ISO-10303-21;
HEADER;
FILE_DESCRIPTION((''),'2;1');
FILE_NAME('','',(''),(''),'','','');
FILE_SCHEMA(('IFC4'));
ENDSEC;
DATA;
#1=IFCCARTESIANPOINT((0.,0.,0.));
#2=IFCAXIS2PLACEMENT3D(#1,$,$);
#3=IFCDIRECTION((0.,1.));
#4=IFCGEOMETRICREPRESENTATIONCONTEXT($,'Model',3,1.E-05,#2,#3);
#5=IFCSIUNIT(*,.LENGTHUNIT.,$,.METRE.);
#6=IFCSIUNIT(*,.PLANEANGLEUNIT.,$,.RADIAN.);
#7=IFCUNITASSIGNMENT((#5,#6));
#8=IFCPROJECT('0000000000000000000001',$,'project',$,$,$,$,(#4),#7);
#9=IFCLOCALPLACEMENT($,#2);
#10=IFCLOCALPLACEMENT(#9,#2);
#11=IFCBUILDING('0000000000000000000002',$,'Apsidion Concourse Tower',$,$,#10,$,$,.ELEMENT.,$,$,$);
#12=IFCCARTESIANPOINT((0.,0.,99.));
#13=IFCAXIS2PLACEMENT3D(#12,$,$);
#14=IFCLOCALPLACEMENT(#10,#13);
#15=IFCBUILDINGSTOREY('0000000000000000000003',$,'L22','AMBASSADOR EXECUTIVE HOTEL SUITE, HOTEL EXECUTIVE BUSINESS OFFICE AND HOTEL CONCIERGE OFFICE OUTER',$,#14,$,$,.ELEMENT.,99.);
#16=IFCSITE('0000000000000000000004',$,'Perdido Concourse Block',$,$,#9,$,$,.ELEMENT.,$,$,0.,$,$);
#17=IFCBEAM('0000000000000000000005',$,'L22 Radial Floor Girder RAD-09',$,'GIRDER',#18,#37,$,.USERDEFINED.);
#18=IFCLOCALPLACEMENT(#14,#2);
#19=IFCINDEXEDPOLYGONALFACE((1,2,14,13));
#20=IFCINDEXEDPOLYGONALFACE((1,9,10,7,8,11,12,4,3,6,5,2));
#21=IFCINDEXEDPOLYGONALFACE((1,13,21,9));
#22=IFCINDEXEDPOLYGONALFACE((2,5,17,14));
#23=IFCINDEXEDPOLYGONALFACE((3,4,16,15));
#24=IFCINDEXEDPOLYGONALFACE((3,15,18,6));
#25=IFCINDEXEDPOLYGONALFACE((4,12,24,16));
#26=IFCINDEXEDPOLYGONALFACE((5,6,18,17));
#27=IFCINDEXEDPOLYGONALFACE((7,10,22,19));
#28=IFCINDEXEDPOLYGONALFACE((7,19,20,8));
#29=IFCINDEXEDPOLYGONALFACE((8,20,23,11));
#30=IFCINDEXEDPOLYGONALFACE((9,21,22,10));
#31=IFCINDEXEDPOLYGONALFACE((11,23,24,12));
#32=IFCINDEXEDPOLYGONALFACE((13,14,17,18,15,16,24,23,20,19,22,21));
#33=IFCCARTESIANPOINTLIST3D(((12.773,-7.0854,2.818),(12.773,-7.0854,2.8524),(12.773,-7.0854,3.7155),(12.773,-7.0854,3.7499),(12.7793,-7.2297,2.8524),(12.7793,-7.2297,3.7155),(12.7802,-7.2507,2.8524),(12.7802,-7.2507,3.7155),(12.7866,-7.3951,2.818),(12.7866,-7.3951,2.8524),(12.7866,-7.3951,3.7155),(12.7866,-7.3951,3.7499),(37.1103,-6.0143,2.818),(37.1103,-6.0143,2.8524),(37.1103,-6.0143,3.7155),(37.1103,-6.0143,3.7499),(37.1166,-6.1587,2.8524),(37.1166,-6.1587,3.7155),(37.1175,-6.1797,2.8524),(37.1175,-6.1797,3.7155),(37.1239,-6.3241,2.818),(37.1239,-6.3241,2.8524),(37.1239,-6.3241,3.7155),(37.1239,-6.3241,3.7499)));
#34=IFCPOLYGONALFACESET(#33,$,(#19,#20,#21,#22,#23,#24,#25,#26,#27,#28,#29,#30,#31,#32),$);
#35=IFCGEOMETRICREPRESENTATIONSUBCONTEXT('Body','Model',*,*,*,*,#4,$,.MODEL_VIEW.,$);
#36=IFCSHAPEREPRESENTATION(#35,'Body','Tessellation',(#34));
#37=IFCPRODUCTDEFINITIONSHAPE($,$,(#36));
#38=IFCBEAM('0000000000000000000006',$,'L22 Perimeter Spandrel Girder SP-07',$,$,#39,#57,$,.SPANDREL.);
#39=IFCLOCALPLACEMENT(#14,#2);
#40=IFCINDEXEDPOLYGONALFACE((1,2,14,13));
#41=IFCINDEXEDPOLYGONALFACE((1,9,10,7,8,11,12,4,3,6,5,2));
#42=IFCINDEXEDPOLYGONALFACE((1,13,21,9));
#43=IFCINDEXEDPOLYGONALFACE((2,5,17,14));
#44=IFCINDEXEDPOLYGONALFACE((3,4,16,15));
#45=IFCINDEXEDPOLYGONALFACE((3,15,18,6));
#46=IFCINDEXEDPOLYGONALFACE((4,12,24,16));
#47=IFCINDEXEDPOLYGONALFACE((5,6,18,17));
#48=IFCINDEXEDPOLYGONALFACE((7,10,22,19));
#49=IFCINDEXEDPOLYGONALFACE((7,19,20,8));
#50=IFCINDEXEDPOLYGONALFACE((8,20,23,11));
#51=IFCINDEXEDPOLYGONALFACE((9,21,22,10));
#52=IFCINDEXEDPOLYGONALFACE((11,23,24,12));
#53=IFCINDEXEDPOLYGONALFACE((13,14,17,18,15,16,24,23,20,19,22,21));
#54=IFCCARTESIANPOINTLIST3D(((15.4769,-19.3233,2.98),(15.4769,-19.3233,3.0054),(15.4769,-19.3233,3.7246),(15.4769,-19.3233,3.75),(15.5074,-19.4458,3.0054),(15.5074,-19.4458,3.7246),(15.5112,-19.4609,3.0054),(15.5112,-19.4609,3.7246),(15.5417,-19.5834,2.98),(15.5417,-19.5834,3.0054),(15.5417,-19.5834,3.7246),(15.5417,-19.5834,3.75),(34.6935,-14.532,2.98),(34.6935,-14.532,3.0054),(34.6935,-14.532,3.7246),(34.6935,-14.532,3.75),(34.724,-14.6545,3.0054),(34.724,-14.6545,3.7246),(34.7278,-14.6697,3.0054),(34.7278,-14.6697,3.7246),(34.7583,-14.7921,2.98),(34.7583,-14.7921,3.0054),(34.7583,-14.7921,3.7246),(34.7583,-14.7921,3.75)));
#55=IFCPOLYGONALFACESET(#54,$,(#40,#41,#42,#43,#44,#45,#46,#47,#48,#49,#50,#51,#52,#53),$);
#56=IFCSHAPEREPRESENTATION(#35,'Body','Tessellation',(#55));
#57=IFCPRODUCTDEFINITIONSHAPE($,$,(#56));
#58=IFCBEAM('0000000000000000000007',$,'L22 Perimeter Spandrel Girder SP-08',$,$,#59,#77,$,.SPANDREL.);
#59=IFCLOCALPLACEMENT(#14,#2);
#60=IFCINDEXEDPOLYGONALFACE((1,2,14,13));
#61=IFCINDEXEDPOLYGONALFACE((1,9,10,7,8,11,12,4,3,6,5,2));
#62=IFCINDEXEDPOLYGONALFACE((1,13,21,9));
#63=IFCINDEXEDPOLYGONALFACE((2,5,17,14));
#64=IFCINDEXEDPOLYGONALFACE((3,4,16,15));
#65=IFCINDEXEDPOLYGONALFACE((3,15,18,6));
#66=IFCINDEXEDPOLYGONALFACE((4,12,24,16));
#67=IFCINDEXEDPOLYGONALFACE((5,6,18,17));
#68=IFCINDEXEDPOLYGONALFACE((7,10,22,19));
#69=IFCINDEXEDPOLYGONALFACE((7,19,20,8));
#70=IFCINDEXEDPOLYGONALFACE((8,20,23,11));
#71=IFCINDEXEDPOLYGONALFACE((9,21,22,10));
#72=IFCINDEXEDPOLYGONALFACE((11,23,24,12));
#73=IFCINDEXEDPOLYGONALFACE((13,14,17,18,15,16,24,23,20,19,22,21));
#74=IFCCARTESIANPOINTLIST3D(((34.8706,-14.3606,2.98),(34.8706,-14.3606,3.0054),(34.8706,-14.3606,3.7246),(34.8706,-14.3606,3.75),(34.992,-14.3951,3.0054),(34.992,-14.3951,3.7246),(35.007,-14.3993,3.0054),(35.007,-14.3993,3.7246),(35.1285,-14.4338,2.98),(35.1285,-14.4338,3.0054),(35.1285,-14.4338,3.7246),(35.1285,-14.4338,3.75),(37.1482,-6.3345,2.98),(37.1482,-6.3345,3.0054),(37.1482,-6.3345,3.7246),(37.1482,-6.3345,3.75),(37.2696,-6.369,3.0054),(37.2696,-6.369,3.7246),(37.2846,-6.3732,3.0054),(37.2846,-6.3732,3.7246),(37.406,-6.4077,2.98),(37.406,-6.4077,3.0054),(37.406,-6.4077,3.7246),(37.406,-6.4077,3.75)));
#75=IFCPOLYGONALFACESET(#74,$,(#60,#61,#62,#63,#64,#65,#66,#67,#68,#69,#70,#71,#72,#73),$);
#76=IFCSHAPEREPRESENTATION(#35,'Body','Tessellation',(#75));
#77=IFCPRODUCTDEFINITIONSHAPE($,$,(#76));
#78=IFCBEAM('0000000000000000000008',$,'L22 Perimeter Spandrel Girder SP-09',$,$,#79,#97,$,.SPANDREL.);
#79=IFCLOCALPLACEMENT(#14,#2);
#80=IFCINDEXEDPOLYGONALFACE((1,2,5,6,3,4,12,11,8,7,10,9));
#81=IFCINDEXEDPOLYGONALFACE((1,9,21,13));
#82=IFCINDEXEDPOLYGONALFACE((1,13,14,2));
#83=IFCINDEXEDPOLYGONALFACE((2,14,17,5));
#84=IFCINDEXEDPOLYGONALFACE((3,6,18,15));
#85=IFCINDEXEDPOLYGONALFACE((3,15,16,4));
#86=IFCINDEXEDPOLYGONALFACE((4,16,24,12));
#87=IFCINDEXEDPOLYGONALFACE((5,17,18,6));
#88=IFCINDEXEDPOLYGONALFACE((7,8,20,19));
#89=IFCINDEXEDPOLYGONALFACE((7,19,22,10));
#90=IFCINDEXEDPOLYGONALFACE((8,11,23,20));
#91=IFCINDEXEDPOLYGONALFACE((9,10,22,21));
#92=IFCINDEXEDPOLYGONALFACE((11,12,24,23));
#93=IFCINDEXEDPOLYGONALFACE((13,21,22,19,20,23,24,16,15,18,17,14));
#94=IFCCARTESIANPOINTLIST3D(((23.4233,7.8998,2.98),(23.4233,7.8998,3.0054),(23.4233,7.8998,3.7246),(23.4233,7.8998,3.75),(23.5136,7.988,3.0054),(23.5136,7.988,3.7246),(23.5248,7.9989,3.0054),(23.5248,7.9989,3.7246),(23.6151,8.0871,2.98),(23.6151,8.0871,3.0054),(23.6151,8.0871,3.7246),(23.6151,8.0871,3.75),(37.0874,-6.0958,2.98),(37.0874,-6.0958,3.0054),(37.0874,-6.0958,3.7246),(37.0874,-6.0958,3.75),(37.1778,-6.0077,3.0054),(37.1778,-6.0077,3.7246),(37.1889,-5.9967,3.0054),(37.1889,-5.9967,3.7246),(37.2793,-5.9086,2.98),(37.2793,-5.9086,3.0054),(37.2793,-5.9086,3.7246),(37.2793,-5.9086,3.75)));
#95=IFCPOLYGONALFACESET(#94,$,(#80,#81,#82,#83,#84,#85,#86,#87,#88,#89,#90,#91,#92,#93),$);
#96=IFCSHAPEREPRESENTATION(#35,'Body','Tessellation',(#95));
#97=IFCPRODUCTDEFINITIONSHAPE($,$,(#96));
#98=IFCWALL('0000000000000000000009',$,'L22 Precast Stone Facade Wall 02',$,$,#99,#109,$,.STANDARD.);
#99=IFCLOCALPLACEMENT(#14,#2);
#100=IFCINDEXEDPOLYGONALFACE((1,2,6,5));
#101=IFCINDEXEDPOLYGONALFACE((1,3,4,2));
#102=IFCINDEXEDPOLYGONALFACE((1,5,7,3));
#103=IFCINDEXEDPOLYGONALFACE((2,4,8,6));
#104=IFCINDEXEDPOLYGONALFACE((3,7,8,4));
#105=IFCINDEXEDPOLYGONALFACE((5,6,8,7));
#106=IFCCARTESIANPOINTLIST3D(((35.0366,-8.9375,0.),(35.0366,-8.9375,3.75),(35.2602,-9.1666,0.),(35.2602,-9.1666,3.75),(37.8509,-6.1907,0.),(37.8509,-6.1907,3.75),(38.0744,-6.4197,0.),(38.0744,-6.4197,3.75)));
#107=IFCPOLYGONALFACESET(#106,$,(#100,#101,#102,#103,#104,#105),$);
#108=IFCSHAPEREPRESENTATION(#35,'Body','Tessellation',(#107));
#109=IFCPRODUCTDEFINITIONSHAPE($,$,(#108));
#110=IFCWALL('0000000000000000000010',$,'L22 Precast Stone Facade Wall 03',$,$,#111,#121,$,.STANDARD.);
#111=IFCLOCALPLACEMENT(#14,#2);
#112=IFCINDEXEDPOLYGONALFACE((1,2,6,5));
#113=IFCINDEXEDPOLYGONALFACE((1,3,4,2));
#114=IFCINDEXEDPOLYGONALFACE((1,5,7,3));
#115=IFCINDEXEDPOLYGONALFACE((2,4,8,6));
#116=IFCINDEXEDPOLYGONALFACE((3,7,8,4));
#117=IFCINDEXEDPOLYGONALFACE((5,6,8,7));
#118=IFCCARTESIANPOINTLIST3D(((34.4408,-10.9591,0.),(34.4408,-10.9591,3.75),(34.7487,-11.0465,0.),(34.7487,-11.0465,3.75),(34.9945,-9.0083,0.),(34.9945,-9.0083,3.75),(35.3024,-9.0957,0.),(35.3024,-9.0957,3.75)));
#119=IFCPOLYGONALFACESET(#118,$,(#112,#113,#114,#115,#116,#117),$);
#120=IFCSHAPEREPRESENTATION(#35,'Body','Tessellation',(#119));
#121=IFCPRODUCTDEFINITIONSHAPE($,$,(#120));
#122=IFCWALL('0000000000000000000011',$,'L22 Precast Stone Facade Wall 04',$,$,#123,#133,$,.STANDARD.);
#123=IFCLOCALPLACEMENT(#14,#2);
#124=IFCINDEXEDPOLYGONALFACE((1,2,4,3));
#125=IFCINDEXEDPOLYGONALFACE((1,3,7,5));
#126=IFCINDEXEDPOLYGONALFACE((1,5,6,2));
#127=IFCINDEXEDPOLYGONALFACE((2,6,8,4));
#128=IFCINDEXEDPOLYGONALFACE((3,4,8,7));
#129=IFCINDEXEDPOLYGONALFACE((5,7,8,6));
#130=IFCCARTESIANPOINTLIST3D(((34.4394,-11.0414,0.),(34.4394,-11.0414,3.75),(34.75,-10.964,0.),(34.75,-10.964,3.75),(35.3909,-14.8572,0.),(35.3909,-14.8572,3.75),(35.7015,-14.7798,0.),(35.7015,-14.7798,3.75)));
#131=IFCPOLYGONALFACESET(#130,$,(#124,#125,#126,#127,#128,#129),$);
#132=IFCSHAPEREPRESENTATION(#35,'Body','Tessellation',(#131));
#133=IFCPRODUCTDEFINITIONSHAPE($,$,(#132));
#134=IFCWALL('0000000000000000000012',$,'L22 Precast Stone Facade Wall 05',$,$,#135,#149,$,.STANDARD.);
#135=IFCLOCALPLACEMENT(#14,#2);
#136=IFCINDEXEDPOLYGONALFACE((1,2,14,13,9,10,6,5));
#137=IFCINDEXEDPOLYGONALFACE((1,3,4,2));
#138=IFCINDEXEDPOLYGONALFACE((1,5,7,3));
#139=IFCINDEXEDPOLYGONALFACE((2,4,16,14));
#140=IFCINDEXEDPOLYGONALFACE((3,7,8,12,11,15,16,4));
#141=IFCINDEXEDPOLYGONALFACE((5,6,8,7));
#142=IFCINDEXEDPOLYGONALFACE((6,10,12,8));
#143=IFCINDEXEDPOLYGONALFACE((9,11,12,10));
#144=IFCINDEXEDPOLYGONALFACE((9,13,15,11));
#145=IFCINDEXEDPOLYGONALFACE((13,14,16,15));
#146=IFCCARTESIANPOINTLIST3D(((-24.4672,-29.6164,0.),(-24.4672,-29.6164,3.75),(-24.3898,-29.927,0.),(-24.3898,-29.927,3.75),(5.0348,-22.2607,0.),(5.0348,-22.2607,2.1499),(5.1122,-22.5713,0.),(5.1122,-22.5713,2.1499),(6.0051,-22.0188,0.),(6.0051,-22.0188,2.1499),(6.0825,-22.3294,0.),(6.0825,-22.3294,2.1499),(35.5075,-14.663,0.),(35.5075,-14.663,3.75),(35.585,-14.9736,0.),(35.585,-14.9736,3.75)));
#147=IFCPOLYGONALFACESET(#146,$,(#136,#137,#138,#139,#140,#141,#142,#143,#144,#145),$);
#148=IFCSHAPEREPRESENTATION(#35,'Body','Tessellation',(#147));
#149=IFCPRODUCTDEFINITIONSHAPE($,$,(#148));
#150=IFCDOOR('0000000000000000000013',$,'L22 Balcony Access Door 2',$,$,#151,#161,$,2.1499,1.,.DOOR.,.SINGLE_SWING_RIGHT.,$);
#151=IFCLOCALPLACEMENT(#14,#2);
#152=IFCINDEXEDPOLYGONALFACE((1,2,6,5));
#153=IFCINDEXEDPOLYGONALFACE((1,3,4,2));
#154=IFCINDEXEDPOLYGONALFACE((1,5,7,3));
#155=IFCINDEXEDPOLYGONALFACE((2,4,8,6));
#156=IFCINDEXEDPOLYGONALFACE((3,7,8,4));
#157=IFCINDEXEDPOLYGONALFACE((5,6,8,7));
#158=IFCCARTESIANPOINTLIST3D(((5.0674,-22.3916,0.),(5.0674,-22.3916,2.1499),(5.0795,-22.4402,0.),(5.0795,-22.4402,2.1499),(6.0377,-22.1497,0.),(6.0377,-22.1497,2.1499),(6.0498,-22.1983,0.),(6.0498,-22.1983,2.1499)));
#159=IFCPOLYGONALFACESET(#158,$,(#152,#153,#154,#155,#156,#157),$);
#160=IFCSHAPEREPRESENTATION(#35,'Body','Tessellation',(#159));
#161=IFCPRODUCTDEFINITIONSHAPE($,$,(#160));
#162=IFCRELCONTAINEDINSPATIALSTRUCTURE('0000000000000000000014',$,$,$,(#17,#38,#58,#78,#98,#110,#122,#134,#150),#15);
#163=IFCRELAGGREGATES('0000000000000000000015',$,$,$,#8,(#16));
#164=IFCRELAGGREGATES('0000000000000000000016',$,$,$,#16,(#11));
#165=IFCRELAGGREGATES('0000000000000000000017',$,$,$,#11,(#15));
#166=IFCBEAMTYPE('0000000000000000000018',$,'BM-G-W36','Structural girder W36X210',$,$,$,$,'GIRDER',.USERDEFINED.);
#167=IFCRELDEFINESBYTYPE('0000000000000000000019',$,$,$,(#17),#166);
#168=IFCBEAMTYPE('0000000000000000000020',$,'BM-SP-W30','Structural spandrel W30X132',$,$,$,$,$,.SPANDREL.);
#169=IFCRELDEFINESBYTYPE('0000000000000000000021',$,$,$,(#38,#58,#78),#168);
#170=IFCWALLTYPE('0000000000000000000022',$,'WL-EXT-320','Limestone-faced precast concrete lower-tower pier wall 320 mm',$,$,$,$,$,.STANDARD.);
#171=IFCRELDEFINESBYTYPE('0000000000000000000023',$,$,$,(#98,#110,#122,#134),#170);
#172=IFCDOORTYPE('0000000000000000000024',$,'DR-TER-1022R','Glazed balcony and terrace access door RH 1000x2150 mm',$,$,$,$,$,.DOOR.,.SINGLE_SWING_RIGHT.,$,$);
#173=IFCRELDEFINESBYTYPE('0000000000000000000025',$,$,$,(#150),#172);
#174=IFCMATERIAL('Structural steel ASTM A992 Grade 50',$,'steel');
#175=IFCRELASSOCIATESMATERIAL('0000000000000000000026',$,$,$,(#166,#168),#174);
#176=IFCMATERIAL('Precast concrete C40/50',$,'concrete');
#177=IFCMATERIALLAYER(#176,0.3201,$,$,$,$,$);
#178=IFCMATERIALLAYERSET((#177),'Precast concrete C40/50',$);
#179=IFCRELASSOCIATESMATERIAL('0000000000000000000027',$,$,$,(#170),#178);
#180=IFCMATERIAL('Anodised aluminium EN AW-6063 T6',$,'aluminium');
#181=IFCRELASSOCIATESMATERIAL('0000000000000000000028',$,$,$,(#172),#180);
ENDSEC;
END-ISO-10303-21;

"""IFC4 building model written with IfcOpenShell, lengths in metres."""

from ifc_helpers import new_model, si_unit, direction, frame, frame_2d, origin, origin_2d, place, context, subcontext, project, spatial, rectangle, i_section, extrude, material, layer, layer_set, material_profile, profile_set, type_object, element, fill, save


model = new_model("IFC4")

# Units and contexts
model_context = context("Model", 3, precision=1e-05, world=origin(), true_north=direction((0.0, 1.0)))
body_context = subcontext(model_context, "Body", "Model", "MODEL_VIEW")
ifc_project = project(units=[si_unit("LENGTHUNIT", "METRE"), si_unit("PLANEANGLEUNIT", "RADIAN")], contexts=[model_context])

# Site, building, storey
site_placement = place(None, origin())
site = spatial("IfcSite", under=ifc_project, at=site_placement, Name="Perdido Concourse Block", CompositionType="ELEMENT", RefElevation=0.0)
building_placement = place(site_placement, origin())
building = spatial("IfcBuilding", under=site, at=building_placement, Name="Apsidion Concourse Tower", CompositionType="ELEMENT")
storey_placement = place(building_placement, frame((0.0, 0.0, 99.0)))
storey = spatial("IfcBuildingStorey", under=building, at=storey_placement, Name="L22", Description="AMBASSADOR EXECUTIVE HOTEL SUITE, HOTEL EXECUTIVE BUSINESS OFFICE AND HOTEL CONCIERGE OFFICE OUTER", CompositionType="ELEMENT", Elevation=99.0)

# Beams
ifc_material_1 = material(Name="Structural steel ASTM A992 Grade 50", Category="steel")
ifc_material_profile_1 = material_profile(ifc_material_1, i_section(OverallWidth=0.3101, OverallDepth=0.9319, WebThickness=0.021, FlangeThickness=0.0344, at=origin_2d()), Name="W36X210")
ifc_profile_set_1 = profile_set([ifc_material_profile_1], Name="Structural steel ASTM A992 Grade 50")
beam_type_1 = type_object("IfcBeamType", Name="BM-G-W36", Description="Structural girder W36X210", ElementType="GIRDER", PredefinedType="USERDEFINED", material=ifc_profile_set_1)
beam_1_placement = place(storey_placement, frame((12.7798, -7.2402, 3.2839), z_axis=(0.999033, 0.043966, 0.0), x_axis=(-0.043966, 0.999033, 0.0)))
element("IfcBeam", 1, at=beam_1_placement, inside=storey, type_object=beam_type_1, Name="L22 Radial Floor Girder RAD-09", ObjectType="GIRDER", PredefinedType="USERDEFINED", context=body_context, shape_type="SweptSolid", body=[
    extrude(i_section(OverallWidth=0.3101, OverallDepth=0.9319, WebThickness=0.021, FlangeThickness=0.0344, at=origin_2d()), origin(), (0.0, 0.0, 1.0), 24.3608),
])
ifc_material_profile_2 = material_profile(ifc_material_1, i_section(OverallWidth=0.2681, OverallDepth=0.77, WebThickness=0.0156, FlangeThickness=0.0254, at=origin_2d()), Name="W30X132")
ifc_profile_set_2 = profile_set([ifc_material_profile_2], Name="Structural steel ASTM A992 Grade 50")
beam_type_2 = type_object("IfcBeamType", Name="BM-SP-W30", Description="Structural spandrel W30X132", PredefinedType="SPANDREL", material=ifc_profile_set_2)
beam_2_placement = place(storey_placement, frame((15.5093, -19.4534, 3.365), z_axis=(0.970295, 0.241924, 0.0), x_axis=(-0.241924, 0.970295, 0.0)))
element("IfcBeam", 2, at=beam_2_placement, inside=storey, type_object=beam_type_2, Name="L22 Perimeter Spandrel Girder SP-07", PredefinedType="SPANDREL", context=body_context, shape_type="SweptSolid", body=[
    extrude(i_section(OverallWidth=0.2681, OverallDepth=0.77, WebThickness=0.0156, FlangeThickness=0.0254, at=origin_2d()), origin(), (0.0, 0.0, 1.0), 19.8049),
])
beam_3_placement = place(storey_placement, frame((34.9995, -14.3972, 3.365), z_axis=(0.272993, 0.962016, 0.0), x_axis=(-0.962016, 0.272993, 0.0)))
element("IfcBeam", 3, at=beam_3_placement, inside=storey, type_object=beam_type_2, Name="L22 Perimeter Spandrel Girder SP-08", PredefinedType="SPANDREL", context=body_context, shape_type="SweptSolid", body=[
    extrude(i_section(OverallWidth=0.2681, OverallDepth=0.77, WebThickness=0.0156, FlangeThickness=0.0254, at=origin_2d()), origin(), (0.0, 0.0, 1.0), 8.343),
])
beam_4_placement = place(storey_placement, frame((37.1833, -6.0022, 3.365), z_axis=(-0.698581, 0.715531, 0.0), x_axis=(-0.715531, -0.698581, 0.0)))
element("IfcBeam", 4, at=beam_4_placement, inside=storey, type_object=beam_type_2, Name="L22 Perimeter Spandrel Girder SP-09", PredefinedType="SPANDREL", context=body_context, shape_type="SweptSolid", body=[
    extrude(i_section(OverallWidth=0.2681, OverallDepth=0.77, WebThickness=0.0156, FlangeThickness=0.0254, at=origin_2d()), origin(), (0.0, 0.0, 1.0), 19.5598),
])

# Walls
ifc_material_2 = material(Name="Precast concrete C40/50", Category="concrete")
ifc_layer_1 = layer(ifc_material_2, 0.3201)
ifc_layer_set_1 = layer_set([ifc_layer_1], Name="Precast concrete C40/50")
wall_type_1 = type_object("IfcWallType", Name="WL-EXT-320", Description="Limestone-faced precast concrete lower-tower pier wall 320 mm", PredefinedType="STANDARD", material=ifc_layer_set_1)
wall_1_placement = place(storey_placement, frame((37.9626, -6.3052, 0.0), z_axis=(0.0, 0.0, 1.0), x_axis=(-0.715622, -0.698488, 0.0)))
element("IfcWall", 5, at=wall_1_placement, inside=storey, type_object=wall_type_1, Name="L22 Precast Stone Facade Wall 02", PredefinedType="STANDARD", context=body_context, shape_type="SweptSolid", body=[
    extrude(rectangle(XDim=3.9326, YDim=0.3201, at=frame_2d((1.9663, 0.0))), origin(), (0.0, 0.0, 1.0), 3.75),
])
wall_2_placement = place(storey_placement, frame((35.1484, -9.052, 0.0), z_axis=(0.0, 0.0, 1.0), x_axis=(-0.273067, -0.961995, 0.0)))
element("IfcWall", 6, at=wall_2_placement, inside=storey, type_object=wall_type_1, Name="L22 Precast Stone Facade Wall 03", PredefinedType="STANDARD", context=body_context, shape_type="SweptSolid", body=[
    extrude(rectangle(XDim=2.0278, YDim=0.3201, at=frame_2d((1.0139, 0.0))), origin(), (0.0, 0.0, 1.0), 3.75),
])
wall_3_placement = place(storey_placement, frame((34.5947, -11.0027, 0.0), z_axis=(0.0, 0.0, 1.0), x_axis=(0.241937, -0.970292, 0.0)))
element("IfcWall", 7, at=wall_3_placement, inside=storey, type_object=wall_type_1, Name="L22 Precast Stone Facade Wall 04", PredefinedType="STANDARD", context=body_context, shape_type="SweptSolid", body=[
    extrude(rectangle(XDim=3.9326, YDim=0.3201, at=frame_2d((1.9663, 0.0))), origin(), (0.0, 0.0, 1.0), 3.75),
])

# Wall, opening, door
wall_4_placement = place(storey_placement, frame((35.5461, -14.8184, 0.0), z_axis=(0.0, 0.0, 1.0), x_axis=(-0.970296, -0.241921, 0.0)))
wall_4 = element("IfcWall", 8, at=wall_4_placement, inside=storey, type_object=wall_type_1, Name="L22 Precast Stone Facade Wall 05", PredefinedType="STANDARD", context=body_context, shape_type="SweptSolid", body=[
    extrude(rectangle(XDim=61.8108, YDim=0.3201, at=frame_2d((30.9053, 0.0))), origin(), (0.0, 0.0, 1.0), 3.75),
])
opening_1_placement = place(wall_4_placement, frame((30.4055, 0.0, 0.0)))
opening_1 = element("IfcOpeningElement", 9, at=opening_1_placement, cuts=wall_4, PredefinedType="OPENING", context=body_context, shape_type="SweptSolid", body=[
    extrude(rectangle(XDim=1.0, YDim=2.1499, at=frame_2d((0.5, 1.075))), frame((0.0, 0.1699, 0.0), z_axis=(0.0, -1.0, 0.0), x_axis=(1.0, 0.0, 0.0)), (0.0, 0.0, 1.0), 0.3401),
])
ifc_material_3 = material(Name="Anodised aluminium EN AW-6063 T6", Category="aluminium")
door_type_1 = type_object("IfcDoorType", Name="DR-TER-1022R", Description="Glazed balcony and terrace access door RH 1000x2150 mm", OperationType="SINGLE_SWING_RIGHT", PredefinedType="DOOR", material=ifc_material_3)
door_1_placement = place(opening_1_placement, origin())
door_1 = element("IfcDoor", 10, at=door_1_placement, inside=storey, type_object=door_type_1, Name="L22 Balcony Access Door 2", OperationType="SINGLE_SWING_RIGHT", OverallHeight=2.1499, OverallWidth=1.0, PredefinedType="DOOR", context=body_context, shape_type="SweptSolid", body=[
    extrude(rectangle(XDim=1.0, YDim=2.1499, at=frame_2d((0.5, 1.075))), frame((0.0, 0.0249, 0.0), z_axis=(0.0, -1.0, 0.0), x_axis=(1.0, 0.0, 0.0)), (0.0, 0.0, 1.0), 0.05),
])
fill(opening_1, door_1)

save(model, "model.ifc")
